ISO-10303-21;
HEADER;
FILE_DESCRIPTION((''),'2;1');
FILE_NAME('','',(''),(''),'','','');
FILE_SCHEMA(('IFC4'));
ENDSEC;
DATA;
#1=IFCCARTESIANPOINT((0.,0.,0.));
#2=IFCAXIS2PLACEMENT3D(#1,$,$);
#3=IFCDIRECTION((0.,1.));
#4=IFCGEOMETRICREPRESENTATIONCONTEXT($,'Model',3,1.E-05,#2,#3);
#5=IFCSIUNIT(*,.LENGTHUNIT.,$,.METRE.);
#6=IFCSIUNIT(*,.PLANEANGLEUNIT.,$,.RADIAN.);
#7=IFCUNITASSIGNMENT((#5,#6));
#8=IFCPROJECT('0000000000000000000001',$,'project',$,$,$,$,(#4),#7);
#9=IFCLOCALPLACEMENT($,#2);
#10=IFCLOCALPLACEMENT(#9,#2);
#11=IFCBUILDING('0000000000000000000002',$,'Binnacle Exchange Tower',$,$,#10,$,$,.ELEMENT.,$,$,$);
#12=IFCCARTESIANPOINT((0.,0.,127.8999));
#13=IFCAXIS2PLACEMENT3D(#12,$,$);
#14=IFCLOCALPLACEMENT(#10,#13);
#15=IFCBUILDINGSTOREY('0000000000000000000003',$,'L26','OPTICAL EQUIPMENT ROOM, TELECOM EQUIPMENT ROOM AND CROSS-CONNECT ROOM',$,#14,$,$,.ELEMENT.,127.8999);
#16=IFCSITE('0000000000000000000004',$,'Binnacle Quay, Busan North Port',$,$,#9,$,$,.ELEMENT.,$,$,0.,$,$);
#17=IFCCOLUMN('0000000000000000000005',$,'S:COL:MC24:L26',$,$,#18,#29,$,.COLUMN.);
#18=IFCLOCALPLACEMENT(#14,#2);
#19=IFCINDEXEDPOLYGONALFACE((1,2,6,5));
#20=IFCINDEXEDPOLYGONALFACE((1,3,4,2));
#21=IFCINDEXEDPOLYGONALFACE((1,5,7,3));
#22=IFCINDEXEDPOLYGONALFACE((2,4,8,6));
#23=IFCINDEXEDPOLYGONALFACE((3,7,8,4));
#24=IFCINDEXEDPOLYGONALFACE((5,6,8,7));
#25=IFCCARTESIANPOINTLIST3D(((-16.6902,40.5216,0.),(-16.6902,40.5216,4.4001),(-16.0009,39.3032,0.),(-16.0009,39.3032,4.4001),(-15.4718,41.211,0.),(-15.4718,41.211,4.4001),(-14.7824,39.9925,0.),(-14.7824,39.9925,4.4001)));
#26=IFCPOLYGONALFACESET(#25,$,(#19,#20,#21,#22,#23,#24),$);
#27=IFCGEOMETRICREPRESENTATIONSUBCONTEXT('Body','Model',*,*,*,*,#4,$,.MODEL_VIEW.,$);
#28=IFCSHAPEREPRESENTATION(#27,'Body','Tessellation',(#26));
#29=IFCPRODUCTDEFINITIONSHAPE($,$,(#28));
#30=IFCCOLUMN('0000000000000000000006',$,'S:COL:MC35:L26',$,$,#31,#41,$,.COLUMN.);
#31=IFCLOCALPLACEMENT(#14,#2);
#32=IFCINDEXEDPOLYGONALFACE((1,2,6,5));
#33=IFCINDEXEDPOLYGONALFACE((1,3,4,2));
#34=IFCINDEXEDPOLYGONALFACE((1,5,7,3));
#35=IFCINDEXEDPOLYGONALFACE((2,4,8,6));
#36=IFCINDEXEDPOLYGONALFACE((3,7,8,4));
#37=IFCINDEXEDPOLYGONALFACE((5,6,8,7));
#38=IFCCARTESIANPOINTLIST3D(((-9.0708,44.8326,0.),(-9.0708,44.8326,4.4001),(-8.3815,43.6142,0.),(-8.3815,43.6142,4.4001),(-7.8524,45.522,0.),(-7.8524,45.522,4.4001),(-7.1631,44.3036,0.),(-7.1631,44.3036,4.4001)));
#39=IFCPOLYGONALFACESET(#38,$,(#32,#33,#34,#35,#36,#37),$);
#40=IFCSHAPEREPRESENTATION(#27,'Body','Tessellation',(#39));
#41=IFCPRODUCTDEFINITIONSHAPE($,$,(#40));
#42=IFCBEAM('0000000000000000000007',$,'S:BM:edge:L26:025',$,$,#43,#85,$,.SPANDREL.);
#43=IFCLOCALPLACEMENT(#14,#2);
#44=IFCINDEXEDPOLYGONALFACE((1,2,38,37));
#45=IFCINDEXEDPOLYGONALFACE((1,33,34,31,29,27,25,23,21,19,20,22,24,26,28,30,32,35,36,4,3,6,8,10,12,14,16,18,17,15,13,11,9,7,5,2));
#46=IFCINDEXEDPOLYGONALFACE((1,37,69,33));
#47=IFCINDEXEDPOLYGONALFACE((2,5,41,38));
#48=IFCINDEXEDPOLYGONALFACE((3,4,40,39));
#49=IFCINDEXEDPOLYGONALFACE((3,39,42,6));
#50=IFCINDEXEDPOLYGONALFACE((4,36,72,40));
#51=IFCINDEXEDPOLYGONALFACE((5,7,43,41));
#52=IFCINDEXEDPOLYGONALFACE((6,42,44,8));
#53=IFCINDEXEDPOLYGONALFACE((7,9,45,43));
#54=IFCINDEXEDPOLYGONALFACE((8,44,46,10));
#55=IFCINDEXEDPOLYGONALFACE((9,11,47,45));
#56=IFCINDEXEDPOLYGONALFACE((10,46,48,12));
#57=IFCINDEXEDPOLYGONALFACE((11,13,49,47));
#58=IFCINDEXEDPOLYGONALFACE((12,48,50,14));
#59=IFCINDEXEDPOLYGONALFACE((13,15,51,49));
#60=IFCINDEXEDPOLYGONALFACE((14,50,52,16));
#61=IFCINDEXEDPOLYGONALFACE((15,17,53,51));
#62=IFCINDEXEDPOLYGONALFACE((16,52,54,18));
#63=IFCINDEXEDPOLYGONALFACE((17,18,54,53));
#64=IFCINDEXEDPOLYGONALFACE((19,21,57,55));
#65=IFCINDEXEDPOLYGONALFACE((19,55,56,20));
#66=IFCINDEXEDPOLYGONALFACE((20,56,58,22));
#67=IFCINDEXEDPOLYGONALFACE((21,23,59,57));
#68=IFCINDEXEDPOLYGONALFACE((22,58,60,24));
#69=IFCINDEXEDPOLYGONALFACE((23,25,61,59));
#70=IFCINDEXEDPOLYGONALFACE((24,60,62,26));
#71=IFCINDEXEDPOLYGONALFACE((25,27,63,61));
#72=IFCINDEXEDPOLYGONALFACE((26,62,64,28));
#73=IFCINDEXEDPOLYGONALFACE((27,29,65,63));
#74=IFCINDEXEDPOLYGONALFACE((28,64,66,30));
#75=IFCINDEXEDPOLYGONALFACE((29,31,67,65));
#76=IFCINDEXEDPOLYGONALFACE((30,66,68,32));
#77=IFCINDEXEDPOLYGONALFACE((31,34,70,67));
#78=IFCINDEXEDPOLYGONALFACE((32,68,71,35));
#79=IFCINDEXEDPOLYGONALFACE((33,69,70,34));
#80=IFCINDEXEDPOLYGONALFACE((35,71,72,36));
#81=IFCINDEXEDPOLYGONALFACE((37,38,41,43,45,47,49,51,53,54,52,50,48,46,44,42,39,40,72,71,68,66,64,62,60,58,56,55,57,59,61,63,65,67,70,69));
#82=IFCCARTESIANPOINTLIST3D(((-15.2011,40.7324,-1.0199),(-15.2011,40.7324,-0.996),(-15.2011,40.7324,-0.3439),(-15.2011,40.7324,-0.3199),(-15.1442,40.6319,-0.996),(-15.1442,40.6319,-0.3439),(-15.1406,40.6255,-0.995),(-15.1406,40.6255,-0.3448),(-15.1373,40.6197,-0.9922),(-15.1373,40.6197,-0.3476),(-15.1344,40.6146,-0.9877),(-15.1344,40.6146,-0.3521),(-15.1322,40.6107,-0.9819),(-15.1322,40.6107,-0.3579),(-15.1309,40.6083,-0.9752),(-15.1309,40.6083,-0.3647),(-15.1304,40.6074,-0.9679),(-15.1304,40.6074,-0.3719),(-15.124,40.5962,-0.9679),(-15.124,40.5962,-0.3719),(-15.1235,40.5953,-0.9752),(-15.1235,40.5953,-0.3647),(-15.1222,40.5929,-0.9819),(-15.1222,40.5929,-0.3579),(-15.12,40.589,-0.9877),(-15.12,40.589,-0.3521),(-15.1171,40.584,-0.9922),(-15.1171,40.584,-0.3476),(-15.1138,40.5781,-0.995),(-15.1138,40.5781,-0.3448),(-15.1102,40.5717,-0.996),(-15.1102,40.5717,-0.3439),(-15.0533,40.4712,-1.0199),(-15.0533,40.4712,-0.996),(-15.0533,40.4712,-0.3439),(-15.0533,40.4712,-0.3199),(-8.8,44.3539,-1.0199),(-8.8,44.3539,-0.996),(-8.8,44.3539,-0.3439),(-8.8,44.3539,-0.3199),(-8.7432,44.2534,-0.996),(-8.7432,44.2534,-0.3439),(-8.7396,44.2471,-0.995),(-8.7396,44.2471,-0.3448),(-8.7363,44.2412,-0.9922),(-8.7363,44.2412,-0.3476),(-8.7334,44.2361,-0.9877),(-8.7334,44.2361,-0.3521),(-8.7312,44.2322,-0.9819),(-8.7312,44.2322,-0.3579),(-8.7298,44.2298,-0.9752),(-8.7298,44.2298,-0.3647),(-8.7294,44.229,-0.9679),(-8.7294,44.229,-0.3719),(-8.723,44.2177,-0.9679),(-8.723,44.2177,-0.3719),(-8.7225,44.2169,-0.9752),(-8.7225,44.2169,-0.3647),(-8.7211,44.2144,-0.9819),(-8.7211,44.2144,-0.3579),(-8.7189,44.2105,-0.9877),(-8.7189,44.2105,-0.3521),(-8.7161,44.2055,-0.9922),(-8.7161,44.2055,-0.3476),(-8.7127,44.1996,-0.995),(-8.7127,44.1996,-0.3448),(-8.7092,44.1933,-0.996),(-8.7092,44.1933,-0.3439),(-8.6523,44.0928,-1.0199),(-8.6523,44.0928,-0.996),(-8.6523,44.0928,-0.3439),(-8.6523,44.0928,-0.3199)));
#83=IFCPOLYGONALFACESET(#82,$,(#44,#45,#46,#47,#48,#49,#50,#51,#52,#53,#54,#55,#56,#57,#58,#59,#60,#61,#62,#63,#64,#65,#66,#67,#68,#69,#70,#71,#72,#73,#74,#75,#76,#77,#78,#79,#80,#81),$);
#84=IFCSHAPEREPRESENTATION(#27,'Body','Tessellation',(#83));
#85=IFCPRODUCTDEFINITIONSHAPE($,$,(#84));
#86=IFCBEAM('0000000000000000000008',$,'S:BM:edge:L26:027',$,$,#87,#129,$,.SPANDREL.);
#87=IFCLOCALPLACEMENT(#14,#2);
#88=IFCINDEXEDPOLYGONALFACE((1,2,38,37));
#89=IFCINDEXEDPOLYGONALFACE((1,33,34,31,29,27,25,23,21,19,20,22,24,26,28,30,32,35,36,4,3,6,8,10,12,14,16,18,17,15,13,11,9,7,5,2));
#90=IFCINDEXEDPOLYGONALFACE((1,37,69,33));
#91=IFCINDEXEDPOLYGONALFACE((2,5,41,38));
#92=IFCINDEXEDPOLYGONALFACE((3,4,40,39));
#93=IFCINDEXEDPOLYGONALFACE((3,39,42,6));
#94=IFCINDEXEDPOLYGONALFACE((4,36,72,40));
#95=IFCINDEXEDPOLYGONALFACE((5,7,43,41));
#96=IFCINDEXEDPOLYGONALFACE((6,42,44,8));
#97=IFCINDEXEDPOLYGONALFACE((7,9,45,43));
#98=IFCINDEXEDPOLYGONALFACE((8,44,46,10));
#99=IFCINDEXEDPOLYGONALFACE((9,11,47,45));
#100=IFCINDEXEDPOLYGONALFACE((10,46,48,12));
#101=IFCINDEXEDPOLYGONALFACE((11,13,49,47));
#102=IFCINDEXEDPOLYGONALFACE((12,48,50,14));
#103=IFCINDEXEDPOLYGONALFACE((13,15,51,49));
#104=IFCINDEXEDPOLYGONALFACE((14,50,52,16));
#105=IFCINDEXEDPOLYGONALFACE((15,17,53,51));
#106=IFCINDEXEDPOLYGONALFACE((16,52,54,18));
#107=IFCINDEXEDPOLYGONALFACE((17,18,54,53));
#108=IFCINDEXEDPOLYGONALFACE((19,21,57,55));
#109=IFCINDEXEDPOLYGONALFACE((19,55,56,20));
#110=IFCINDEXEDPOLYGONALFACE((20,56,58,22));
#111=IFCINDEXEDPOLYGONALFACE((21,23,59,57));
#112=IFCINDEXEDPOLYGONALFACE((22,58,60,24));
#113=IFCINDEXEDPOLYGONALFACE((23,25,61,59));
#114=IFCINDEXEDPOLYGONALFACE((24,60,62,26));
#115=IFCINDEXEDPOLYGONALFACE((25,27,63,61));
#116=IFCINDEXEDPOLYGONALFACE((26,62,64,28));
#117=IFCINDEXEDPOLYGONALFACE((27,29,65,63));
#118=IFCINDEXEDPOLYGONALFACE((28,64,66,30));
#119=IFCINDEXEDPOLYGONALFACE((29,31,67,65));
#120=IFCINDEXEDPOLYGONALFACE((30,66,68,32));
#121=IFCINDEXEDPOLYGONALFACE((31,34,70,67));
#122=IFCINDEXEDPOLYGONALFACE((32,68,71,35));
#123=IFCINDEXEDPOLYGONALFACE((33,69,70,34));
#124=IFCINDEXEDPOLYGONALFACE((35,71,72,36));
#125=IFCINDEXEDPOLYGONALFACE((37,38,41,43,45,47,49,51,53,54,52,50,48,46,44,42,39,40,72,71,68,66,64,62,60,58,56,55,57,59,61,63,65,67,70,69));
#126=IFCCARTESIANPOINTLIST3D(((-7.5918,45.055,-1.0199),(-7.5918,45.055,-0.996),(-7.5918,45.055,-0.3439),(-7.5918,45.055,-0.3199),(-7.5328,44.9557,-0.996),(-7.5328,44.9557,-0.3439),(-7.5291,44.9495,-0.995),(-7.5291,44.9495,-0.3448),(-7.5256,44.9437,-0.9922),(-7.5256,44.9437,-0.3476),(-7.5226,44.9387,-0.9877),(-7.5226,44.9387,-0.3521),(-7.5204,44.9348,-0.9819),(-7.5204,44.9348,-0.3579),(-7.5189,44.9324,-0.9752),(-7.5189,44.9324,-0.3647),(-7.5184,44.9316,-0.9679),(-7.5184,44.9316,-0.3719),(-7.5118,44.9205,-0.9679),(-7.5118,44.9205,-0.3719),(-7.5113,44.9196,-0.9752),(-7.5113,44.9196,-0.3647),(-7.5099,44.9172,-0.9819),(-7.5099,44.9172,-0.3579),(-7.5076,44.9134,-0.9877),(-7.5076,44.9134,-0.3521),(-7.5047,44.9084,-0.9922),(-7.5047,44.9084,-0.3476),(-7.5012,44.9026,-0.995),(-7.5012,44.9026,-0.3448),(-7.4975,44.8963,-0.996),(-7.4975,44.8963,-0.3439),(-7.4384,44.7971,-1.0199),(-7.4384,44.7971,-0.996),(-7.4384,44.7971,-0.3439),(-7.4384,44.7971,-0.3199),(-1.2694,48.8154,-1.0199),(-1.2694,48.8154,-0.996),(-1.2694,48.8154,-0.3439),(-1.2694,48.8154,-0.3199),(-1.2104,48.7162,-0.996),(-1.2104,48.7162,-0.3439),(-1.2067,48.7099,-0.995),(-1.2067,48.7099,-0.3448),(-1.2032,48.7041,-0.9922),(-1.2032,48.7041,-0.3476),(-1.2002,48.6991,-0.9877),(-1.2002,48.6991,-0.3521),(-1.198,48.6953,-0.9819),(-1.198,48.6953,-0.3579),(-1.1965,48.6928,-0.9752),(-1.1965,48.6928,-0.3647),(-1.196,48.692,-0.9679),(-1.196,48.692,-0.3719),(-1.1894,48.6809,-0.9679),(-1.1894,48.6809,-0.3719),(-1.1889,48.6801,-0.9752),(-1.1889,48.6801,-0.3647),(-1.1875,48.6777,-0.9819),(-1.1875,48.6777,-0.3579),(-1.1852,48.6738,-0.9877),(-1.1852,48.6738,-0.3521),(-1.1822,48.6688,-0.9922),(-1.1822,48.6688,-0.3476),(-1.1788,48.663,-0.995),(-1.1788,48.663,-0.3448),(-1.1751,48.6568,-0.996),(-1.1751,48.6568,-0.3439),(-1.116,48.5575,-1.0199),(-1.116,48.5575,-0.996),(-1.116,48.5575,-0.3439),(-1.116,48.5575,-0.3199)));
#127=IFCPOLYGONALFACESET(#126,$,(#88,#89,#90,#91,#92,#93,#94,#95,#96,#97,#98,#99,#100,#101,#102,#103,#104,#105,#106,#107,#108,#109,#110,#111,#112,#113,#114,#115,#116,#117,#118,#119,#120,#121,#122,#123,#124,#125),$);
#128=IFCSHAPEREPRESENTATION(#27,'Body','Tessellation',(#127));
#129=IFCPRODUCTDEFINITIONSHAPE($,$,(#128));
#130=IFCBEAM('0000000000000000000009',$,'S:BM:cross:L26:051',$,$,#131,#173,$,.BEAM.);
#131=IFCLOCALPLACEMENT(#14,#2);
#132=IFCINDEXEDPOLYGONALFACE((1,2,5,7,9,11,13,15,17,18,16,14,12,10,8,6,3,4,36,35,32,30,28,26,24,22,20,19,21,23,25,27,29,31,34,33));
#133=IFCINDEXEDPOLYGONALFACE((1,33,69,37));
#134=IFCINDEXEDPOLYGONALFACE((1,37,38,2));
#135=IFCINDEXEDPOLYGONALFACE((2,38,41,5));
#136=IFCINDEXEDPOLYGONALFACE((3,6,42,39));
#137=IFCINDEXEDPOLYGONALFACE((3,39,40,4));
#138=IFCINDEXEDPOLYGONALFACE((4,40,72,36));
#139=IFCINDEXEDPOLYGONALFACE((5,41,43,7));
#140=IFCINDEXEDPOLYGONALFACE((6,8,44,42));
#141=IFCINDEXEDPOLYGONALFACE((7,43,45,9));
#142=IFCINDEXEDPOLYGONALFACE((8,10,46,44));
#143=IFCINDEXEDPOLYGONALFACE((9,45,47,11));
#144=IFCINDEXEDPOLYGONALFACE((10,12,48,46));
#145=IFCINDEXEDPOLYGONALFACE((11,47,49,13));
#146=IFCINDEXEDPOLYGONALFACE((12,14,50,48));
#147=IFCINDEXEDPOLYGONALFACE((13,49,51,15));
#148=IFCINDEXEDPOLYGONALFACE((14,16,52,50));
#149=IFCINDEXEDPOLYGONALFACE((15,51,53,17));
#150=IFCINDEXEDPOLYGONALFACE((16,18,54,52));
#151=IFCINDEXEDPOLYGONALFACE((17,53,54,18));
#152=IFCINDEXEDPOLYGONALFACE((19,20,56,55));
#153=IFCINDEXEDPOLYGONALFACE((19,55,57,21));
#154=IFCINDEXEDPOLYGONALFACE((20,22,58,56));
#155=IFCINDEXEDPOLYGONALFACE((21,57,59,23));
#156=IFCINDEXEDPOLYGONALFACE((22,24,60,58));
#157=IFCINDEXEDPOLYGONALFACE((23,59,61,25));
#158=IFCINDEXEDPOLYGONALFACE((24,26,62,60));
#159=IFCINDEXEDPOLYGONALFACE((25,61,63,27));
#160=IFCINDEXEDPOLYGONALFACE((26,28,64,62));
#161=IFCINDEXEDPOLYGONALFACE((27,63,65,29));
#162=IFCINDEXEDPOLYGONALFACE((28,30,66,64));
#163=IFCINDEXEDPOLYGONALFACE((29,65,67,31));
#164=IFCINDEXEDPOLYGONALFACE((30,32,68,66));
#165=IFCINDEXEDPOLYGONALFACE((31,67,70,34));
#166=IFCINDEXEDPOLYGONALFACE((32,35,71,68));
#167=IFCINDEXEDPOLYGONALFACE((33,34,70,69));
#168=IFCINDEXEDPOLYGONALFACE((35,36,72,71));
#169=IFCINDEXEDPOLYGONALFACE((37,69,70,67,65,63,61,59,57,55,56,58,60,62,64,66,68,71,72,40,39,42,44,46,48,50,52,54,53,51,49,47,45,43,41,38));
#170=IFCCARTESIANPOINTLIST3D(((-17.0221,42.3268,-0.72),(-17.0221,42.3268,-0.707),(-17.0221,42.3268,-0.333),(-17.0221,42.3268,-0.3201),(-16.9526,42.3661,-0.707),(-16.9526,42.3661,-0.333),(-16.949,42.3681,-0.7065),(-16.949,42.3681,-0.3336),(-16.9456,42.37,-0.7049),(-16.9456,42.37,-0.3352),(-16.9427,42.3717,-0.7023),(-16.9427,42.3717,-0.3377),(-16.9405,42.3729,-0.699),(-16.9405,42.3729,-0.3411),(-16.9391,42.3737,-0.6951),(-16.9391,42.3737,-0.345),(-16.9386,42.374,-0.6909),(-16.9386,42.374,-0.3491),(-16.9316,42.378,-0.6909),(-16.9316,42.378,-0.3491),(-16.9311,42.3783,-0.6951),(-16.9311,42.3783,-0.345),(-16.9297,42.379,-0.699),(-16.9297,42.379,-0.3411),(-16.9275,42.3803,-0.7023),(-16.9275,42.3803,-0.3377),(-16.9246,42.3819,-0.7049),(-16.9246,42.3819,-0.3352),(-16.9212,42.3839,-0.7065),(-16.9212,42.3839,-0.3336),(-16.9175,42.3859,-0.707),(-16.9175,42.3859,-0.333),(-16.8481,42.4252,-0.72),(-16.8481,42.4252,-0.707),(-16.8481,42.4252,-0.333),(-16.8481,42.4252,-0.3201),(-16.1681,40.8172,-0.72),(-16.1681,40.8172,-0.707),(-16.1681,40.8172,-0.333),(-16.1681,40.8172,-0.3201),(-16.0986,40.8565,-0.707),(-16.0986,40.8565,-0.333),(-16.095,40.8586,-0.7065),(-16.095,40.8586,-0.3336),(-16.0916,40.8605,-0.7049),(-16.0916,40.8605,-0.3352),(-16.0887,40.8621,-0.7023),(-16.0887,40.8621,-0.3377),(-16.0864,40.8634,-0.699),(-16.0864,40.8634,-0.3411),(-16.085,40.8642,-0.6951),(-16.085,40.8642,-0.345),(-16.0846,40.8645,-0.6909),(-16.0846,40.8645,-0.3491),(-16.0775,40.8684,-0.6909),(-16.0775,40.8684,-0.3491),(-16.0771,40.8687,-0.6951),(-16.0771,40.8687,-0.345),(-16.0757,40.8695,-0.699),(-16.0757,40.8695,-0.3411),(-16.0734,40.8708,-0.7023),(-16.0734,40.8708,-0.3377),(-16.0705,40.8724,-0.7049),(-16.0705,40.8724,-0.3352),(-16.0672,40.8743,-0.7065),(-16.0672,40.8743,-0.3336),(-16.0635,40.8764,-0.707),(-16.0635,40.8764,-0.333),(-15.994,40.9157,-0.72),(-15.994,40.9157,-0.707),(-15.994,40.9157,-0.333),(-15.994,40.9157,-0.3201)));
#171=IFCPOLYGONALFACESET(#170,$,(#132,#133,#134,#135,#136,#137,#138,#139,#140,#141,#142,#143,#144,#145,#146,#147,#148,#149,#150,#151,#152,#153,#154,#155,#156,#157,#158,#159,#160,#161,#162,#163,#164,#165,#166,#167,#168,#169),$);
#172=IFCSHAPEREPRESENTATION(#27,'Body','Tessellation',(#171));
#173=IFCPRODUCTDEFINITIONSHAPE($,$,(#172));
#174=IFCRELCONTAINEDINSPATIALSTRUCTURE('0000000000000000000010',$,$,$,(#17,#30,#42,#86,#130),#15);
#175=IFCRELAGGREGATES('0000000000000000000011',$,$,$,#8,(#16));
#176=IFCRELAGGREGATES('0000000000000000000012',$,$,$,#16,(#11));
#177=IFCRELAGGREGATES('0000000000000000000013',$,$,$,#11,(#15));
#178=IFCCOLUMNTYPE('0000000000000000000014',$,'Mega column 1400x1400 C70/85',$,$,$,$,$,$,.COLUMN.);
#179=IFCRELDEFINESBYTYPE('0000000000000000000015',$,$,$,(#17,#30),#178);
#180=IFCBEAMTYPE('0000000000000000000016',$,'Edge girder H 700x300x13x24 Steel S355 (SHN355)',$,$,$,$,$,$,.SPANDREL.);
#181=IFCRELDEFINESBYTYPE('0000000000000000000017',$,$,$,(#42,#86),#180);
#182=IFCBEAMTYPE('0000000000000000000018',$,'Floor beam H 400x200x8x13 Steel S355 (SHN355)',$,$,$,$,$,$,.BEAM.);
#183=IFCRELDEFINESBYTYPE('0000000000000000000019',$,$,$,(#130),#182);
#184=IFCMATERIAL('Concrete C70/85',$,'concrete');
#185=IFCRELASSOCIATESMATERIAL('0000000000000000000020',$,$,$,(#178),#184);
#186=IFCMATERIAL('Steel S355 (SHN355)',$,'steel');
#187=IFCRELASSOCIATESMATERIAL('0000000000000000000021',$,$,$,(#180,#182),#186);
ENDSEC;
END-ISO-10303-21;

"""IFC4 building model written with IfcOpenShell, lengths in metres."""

from ifc_helpers import new_model, si_unit, direction, frame, origin, origin_2d, place, context, subcontext, project, spatial, rectangle, i_section, extrude, material, material_profile, profile_set, type_object, element, save


model = new_model("IFC4")

# Units and contexts
model_context = context("Model", 3, precision=1e-05, world=origin(), true_north=direction((0.0, 1.0)))
body_context = subcontext(model_context, "Body", "Model", "MODEL_VIEW")
ifc_project = project(units=[si_unit("LENGTHUNIT", "METRE"), si_unit("PLANEANGLEUNIT", "RADIAN")], contexts=[model_context])

# Site, building, storey
site_placement = place(None, origin())
site = spatial("IfcSite", under=ifc_project, at=site_placement, Name="Binnacle Quay, Busan North Port", CompositionType="ELEMENT", RefElevation=0.0)
building_placement = place(site_placement, origin())
building = spatial("IfcBuilding", under=site, at=building_placement, Name="Binnacle Exchange Tower", CompositionType="ELEMENT")
storey_placement = place(building_placement, frame((0.0, 0.0, 127.8999)))
storey = spatial("IfcBuildingStorey", under=building, at=storey_placement, Name="L26", Description="OPTICAL EQUIPMENT ROOM, TELECOM EQUIPMENT ROOM AND CROSS-CONNECT ROOM", CompositionType="ELEMENT", Elevation=127.8999)

# Columns
ifc_material_1 = material(Name="Concrete C70/85", Category="concrete")
ifc_material_profile_1 = material_profile(ifc_material_1, rectangle(XDim=1.3999, YDim=1.3999, at=origin_2d()), Name="Mega column 1400x1400 C70/85")
ifc_profile_set_1 = profile_set([ifc_material_profile_1], Name="Concrete C70/85")
column_type = type_object("IfcColumnType", Name="Mega column 1400x1400 C70/85", PredefinedType="COLUMN", material=ifc_profile_set_1)
for number, where, z_axis, x_axis, name in (
    (1, (-15.7363, 40.2571, 0.0), (0.0, 0.0, 1.0), (0.870356, 0.492424, 0.0), "S:COL:MC24:L26"),
    (2, (-8.1169, 44.5681, 0.0), (0.0, 0.0, 1.0), (0.870356, 0.492424, 0.0), "S:COL:MC35:L26"),
):
    element("IfcColumn", number, at=place(storey_placement, frame(where, z_axis=z_axis, x_axis=x_axis)), inside=storey, type_object=column_type, Name=name, PredefinedType="COLUMN", context=body_context, shape_type="SweptSolid", body=[
        extrude(rectangle(XDim=1.3999, YDim=1.3999, at=origin_2d()), origin(), (0.0, 0.0, 1.0), 4.4001),
    ])

# Beams
ifc_material_2 = material(Name="Steel S355 (SHN355)", Category="steel")
ifc_material_profile_2 = material_profile(ifc_material_2, i_section(OverallWidth=0.3, OverallDepth=0.7, WebThickness=0.0129, FlangeThickness=0.0239, FilletRadius=0.0281, at=origin_2d()), Name="H 700x300x13x24")
ifc_profile_set_2 = profile_set([ifc_material_profile_2], Name="Steel S355 (SHN355)")
beam_type_1 = type_object("IfcBeamType", Name="Edge girder H 700x300x13x24 Steel S355 (SHN355)", PredefinedType="SPANDREL", material=ifc_profile_set_2)
beam_1_placement = place(storey_placement, frame((-15.1272, 40.6018, -0.6699), z_axis=(0.870356, 0.492424, 0.0), x_axis=(-0.492424, 0.870356, 0.0)))
element("IfcBeam", 3, at=beam_1_placement, inside=storey, type_object=beam_type_1, Name="S:BM:edge:L26:025", PredefinedType="SPANDREL", context=body_context, shape_type="SweptSolid", body=[
    extrude(i_section(OverallWidth=0.3, OverallDepth=0.7, WebThickness=0.0129, FlangeThickness=0.0239, FilletRadius=0.0281, at=origin_2d()), origin(), (0.0, 0.0, 1.0), 7.3545),
])
beam_2_placement = place(storey_placement, frame((-7.5151, 44.926, -0.6699), z_axis=(0.859466, 0.511193, 0.0), x_axis=(-0.511193, 0.859466, 0.0)))
element("IfcBeam", 4, at=beam_2_placement, inside=storey, type_object=beam_type_1, Name="S:BM:edge:L26:027", PredefinedType="SPANDREL", context=body_context, shape_type="SweptSolid", body=[
    extrude(i_section(OverallWidth=0.3, OverallDepth=0.7, WebThickness=0.0129, FlangeThickness=0.0239, FilletRadius=0.0281, at=origin_2d()), origin(), (0.0, 0.0, 1.0), 7.3562),
])
ifc_material_profile_3 = material_profile(ifc_material_2, i_section(OverallWidth=0.2, OverallDepth=0.3999, WebThickness=0.0081, FlangeThickness=0.0129, FilletRadius=0.0161, at=origin_2d()), Name="H 400x200x8x13")
ifc_profile_set_3 = profile_set([ifc_material_profile_3], Name="Steel S355 (SHN355)")
beam_type_2 = type_object("IfcBeamType", Name="Floor beam H 400x200x8x13 Steel S355 (SHN355)", PredefinedType="BEAM", material=ifc_profile_set_3)
beam_3_placement = place(storey_placement, frame((-16.0811, 40.8665, -0.52), z_axis=(-0.492405, 0.870366, 0.0), x_axis=(-0.870366, -0.492405, 0.0)))
element("IfcBeam", 5, at=beam_3_placement, inside=storey, type_object=beam_type_2, Name="S:BM:cross:L26:051", PredefinedType="BEAM", context=body_context, shape_type="SweptSolid", body=[
    extrude(i_section(OverallWidth=0.2, OverallDepth=0.3999, WebThickness=0.0081, FlangeThickness=0.0129, FilletRadius=0.0161, at=origin_2d()), origin(), (0.0, 0.0, 1.0), 1.7344),
])

save(model, "model.ifc")
